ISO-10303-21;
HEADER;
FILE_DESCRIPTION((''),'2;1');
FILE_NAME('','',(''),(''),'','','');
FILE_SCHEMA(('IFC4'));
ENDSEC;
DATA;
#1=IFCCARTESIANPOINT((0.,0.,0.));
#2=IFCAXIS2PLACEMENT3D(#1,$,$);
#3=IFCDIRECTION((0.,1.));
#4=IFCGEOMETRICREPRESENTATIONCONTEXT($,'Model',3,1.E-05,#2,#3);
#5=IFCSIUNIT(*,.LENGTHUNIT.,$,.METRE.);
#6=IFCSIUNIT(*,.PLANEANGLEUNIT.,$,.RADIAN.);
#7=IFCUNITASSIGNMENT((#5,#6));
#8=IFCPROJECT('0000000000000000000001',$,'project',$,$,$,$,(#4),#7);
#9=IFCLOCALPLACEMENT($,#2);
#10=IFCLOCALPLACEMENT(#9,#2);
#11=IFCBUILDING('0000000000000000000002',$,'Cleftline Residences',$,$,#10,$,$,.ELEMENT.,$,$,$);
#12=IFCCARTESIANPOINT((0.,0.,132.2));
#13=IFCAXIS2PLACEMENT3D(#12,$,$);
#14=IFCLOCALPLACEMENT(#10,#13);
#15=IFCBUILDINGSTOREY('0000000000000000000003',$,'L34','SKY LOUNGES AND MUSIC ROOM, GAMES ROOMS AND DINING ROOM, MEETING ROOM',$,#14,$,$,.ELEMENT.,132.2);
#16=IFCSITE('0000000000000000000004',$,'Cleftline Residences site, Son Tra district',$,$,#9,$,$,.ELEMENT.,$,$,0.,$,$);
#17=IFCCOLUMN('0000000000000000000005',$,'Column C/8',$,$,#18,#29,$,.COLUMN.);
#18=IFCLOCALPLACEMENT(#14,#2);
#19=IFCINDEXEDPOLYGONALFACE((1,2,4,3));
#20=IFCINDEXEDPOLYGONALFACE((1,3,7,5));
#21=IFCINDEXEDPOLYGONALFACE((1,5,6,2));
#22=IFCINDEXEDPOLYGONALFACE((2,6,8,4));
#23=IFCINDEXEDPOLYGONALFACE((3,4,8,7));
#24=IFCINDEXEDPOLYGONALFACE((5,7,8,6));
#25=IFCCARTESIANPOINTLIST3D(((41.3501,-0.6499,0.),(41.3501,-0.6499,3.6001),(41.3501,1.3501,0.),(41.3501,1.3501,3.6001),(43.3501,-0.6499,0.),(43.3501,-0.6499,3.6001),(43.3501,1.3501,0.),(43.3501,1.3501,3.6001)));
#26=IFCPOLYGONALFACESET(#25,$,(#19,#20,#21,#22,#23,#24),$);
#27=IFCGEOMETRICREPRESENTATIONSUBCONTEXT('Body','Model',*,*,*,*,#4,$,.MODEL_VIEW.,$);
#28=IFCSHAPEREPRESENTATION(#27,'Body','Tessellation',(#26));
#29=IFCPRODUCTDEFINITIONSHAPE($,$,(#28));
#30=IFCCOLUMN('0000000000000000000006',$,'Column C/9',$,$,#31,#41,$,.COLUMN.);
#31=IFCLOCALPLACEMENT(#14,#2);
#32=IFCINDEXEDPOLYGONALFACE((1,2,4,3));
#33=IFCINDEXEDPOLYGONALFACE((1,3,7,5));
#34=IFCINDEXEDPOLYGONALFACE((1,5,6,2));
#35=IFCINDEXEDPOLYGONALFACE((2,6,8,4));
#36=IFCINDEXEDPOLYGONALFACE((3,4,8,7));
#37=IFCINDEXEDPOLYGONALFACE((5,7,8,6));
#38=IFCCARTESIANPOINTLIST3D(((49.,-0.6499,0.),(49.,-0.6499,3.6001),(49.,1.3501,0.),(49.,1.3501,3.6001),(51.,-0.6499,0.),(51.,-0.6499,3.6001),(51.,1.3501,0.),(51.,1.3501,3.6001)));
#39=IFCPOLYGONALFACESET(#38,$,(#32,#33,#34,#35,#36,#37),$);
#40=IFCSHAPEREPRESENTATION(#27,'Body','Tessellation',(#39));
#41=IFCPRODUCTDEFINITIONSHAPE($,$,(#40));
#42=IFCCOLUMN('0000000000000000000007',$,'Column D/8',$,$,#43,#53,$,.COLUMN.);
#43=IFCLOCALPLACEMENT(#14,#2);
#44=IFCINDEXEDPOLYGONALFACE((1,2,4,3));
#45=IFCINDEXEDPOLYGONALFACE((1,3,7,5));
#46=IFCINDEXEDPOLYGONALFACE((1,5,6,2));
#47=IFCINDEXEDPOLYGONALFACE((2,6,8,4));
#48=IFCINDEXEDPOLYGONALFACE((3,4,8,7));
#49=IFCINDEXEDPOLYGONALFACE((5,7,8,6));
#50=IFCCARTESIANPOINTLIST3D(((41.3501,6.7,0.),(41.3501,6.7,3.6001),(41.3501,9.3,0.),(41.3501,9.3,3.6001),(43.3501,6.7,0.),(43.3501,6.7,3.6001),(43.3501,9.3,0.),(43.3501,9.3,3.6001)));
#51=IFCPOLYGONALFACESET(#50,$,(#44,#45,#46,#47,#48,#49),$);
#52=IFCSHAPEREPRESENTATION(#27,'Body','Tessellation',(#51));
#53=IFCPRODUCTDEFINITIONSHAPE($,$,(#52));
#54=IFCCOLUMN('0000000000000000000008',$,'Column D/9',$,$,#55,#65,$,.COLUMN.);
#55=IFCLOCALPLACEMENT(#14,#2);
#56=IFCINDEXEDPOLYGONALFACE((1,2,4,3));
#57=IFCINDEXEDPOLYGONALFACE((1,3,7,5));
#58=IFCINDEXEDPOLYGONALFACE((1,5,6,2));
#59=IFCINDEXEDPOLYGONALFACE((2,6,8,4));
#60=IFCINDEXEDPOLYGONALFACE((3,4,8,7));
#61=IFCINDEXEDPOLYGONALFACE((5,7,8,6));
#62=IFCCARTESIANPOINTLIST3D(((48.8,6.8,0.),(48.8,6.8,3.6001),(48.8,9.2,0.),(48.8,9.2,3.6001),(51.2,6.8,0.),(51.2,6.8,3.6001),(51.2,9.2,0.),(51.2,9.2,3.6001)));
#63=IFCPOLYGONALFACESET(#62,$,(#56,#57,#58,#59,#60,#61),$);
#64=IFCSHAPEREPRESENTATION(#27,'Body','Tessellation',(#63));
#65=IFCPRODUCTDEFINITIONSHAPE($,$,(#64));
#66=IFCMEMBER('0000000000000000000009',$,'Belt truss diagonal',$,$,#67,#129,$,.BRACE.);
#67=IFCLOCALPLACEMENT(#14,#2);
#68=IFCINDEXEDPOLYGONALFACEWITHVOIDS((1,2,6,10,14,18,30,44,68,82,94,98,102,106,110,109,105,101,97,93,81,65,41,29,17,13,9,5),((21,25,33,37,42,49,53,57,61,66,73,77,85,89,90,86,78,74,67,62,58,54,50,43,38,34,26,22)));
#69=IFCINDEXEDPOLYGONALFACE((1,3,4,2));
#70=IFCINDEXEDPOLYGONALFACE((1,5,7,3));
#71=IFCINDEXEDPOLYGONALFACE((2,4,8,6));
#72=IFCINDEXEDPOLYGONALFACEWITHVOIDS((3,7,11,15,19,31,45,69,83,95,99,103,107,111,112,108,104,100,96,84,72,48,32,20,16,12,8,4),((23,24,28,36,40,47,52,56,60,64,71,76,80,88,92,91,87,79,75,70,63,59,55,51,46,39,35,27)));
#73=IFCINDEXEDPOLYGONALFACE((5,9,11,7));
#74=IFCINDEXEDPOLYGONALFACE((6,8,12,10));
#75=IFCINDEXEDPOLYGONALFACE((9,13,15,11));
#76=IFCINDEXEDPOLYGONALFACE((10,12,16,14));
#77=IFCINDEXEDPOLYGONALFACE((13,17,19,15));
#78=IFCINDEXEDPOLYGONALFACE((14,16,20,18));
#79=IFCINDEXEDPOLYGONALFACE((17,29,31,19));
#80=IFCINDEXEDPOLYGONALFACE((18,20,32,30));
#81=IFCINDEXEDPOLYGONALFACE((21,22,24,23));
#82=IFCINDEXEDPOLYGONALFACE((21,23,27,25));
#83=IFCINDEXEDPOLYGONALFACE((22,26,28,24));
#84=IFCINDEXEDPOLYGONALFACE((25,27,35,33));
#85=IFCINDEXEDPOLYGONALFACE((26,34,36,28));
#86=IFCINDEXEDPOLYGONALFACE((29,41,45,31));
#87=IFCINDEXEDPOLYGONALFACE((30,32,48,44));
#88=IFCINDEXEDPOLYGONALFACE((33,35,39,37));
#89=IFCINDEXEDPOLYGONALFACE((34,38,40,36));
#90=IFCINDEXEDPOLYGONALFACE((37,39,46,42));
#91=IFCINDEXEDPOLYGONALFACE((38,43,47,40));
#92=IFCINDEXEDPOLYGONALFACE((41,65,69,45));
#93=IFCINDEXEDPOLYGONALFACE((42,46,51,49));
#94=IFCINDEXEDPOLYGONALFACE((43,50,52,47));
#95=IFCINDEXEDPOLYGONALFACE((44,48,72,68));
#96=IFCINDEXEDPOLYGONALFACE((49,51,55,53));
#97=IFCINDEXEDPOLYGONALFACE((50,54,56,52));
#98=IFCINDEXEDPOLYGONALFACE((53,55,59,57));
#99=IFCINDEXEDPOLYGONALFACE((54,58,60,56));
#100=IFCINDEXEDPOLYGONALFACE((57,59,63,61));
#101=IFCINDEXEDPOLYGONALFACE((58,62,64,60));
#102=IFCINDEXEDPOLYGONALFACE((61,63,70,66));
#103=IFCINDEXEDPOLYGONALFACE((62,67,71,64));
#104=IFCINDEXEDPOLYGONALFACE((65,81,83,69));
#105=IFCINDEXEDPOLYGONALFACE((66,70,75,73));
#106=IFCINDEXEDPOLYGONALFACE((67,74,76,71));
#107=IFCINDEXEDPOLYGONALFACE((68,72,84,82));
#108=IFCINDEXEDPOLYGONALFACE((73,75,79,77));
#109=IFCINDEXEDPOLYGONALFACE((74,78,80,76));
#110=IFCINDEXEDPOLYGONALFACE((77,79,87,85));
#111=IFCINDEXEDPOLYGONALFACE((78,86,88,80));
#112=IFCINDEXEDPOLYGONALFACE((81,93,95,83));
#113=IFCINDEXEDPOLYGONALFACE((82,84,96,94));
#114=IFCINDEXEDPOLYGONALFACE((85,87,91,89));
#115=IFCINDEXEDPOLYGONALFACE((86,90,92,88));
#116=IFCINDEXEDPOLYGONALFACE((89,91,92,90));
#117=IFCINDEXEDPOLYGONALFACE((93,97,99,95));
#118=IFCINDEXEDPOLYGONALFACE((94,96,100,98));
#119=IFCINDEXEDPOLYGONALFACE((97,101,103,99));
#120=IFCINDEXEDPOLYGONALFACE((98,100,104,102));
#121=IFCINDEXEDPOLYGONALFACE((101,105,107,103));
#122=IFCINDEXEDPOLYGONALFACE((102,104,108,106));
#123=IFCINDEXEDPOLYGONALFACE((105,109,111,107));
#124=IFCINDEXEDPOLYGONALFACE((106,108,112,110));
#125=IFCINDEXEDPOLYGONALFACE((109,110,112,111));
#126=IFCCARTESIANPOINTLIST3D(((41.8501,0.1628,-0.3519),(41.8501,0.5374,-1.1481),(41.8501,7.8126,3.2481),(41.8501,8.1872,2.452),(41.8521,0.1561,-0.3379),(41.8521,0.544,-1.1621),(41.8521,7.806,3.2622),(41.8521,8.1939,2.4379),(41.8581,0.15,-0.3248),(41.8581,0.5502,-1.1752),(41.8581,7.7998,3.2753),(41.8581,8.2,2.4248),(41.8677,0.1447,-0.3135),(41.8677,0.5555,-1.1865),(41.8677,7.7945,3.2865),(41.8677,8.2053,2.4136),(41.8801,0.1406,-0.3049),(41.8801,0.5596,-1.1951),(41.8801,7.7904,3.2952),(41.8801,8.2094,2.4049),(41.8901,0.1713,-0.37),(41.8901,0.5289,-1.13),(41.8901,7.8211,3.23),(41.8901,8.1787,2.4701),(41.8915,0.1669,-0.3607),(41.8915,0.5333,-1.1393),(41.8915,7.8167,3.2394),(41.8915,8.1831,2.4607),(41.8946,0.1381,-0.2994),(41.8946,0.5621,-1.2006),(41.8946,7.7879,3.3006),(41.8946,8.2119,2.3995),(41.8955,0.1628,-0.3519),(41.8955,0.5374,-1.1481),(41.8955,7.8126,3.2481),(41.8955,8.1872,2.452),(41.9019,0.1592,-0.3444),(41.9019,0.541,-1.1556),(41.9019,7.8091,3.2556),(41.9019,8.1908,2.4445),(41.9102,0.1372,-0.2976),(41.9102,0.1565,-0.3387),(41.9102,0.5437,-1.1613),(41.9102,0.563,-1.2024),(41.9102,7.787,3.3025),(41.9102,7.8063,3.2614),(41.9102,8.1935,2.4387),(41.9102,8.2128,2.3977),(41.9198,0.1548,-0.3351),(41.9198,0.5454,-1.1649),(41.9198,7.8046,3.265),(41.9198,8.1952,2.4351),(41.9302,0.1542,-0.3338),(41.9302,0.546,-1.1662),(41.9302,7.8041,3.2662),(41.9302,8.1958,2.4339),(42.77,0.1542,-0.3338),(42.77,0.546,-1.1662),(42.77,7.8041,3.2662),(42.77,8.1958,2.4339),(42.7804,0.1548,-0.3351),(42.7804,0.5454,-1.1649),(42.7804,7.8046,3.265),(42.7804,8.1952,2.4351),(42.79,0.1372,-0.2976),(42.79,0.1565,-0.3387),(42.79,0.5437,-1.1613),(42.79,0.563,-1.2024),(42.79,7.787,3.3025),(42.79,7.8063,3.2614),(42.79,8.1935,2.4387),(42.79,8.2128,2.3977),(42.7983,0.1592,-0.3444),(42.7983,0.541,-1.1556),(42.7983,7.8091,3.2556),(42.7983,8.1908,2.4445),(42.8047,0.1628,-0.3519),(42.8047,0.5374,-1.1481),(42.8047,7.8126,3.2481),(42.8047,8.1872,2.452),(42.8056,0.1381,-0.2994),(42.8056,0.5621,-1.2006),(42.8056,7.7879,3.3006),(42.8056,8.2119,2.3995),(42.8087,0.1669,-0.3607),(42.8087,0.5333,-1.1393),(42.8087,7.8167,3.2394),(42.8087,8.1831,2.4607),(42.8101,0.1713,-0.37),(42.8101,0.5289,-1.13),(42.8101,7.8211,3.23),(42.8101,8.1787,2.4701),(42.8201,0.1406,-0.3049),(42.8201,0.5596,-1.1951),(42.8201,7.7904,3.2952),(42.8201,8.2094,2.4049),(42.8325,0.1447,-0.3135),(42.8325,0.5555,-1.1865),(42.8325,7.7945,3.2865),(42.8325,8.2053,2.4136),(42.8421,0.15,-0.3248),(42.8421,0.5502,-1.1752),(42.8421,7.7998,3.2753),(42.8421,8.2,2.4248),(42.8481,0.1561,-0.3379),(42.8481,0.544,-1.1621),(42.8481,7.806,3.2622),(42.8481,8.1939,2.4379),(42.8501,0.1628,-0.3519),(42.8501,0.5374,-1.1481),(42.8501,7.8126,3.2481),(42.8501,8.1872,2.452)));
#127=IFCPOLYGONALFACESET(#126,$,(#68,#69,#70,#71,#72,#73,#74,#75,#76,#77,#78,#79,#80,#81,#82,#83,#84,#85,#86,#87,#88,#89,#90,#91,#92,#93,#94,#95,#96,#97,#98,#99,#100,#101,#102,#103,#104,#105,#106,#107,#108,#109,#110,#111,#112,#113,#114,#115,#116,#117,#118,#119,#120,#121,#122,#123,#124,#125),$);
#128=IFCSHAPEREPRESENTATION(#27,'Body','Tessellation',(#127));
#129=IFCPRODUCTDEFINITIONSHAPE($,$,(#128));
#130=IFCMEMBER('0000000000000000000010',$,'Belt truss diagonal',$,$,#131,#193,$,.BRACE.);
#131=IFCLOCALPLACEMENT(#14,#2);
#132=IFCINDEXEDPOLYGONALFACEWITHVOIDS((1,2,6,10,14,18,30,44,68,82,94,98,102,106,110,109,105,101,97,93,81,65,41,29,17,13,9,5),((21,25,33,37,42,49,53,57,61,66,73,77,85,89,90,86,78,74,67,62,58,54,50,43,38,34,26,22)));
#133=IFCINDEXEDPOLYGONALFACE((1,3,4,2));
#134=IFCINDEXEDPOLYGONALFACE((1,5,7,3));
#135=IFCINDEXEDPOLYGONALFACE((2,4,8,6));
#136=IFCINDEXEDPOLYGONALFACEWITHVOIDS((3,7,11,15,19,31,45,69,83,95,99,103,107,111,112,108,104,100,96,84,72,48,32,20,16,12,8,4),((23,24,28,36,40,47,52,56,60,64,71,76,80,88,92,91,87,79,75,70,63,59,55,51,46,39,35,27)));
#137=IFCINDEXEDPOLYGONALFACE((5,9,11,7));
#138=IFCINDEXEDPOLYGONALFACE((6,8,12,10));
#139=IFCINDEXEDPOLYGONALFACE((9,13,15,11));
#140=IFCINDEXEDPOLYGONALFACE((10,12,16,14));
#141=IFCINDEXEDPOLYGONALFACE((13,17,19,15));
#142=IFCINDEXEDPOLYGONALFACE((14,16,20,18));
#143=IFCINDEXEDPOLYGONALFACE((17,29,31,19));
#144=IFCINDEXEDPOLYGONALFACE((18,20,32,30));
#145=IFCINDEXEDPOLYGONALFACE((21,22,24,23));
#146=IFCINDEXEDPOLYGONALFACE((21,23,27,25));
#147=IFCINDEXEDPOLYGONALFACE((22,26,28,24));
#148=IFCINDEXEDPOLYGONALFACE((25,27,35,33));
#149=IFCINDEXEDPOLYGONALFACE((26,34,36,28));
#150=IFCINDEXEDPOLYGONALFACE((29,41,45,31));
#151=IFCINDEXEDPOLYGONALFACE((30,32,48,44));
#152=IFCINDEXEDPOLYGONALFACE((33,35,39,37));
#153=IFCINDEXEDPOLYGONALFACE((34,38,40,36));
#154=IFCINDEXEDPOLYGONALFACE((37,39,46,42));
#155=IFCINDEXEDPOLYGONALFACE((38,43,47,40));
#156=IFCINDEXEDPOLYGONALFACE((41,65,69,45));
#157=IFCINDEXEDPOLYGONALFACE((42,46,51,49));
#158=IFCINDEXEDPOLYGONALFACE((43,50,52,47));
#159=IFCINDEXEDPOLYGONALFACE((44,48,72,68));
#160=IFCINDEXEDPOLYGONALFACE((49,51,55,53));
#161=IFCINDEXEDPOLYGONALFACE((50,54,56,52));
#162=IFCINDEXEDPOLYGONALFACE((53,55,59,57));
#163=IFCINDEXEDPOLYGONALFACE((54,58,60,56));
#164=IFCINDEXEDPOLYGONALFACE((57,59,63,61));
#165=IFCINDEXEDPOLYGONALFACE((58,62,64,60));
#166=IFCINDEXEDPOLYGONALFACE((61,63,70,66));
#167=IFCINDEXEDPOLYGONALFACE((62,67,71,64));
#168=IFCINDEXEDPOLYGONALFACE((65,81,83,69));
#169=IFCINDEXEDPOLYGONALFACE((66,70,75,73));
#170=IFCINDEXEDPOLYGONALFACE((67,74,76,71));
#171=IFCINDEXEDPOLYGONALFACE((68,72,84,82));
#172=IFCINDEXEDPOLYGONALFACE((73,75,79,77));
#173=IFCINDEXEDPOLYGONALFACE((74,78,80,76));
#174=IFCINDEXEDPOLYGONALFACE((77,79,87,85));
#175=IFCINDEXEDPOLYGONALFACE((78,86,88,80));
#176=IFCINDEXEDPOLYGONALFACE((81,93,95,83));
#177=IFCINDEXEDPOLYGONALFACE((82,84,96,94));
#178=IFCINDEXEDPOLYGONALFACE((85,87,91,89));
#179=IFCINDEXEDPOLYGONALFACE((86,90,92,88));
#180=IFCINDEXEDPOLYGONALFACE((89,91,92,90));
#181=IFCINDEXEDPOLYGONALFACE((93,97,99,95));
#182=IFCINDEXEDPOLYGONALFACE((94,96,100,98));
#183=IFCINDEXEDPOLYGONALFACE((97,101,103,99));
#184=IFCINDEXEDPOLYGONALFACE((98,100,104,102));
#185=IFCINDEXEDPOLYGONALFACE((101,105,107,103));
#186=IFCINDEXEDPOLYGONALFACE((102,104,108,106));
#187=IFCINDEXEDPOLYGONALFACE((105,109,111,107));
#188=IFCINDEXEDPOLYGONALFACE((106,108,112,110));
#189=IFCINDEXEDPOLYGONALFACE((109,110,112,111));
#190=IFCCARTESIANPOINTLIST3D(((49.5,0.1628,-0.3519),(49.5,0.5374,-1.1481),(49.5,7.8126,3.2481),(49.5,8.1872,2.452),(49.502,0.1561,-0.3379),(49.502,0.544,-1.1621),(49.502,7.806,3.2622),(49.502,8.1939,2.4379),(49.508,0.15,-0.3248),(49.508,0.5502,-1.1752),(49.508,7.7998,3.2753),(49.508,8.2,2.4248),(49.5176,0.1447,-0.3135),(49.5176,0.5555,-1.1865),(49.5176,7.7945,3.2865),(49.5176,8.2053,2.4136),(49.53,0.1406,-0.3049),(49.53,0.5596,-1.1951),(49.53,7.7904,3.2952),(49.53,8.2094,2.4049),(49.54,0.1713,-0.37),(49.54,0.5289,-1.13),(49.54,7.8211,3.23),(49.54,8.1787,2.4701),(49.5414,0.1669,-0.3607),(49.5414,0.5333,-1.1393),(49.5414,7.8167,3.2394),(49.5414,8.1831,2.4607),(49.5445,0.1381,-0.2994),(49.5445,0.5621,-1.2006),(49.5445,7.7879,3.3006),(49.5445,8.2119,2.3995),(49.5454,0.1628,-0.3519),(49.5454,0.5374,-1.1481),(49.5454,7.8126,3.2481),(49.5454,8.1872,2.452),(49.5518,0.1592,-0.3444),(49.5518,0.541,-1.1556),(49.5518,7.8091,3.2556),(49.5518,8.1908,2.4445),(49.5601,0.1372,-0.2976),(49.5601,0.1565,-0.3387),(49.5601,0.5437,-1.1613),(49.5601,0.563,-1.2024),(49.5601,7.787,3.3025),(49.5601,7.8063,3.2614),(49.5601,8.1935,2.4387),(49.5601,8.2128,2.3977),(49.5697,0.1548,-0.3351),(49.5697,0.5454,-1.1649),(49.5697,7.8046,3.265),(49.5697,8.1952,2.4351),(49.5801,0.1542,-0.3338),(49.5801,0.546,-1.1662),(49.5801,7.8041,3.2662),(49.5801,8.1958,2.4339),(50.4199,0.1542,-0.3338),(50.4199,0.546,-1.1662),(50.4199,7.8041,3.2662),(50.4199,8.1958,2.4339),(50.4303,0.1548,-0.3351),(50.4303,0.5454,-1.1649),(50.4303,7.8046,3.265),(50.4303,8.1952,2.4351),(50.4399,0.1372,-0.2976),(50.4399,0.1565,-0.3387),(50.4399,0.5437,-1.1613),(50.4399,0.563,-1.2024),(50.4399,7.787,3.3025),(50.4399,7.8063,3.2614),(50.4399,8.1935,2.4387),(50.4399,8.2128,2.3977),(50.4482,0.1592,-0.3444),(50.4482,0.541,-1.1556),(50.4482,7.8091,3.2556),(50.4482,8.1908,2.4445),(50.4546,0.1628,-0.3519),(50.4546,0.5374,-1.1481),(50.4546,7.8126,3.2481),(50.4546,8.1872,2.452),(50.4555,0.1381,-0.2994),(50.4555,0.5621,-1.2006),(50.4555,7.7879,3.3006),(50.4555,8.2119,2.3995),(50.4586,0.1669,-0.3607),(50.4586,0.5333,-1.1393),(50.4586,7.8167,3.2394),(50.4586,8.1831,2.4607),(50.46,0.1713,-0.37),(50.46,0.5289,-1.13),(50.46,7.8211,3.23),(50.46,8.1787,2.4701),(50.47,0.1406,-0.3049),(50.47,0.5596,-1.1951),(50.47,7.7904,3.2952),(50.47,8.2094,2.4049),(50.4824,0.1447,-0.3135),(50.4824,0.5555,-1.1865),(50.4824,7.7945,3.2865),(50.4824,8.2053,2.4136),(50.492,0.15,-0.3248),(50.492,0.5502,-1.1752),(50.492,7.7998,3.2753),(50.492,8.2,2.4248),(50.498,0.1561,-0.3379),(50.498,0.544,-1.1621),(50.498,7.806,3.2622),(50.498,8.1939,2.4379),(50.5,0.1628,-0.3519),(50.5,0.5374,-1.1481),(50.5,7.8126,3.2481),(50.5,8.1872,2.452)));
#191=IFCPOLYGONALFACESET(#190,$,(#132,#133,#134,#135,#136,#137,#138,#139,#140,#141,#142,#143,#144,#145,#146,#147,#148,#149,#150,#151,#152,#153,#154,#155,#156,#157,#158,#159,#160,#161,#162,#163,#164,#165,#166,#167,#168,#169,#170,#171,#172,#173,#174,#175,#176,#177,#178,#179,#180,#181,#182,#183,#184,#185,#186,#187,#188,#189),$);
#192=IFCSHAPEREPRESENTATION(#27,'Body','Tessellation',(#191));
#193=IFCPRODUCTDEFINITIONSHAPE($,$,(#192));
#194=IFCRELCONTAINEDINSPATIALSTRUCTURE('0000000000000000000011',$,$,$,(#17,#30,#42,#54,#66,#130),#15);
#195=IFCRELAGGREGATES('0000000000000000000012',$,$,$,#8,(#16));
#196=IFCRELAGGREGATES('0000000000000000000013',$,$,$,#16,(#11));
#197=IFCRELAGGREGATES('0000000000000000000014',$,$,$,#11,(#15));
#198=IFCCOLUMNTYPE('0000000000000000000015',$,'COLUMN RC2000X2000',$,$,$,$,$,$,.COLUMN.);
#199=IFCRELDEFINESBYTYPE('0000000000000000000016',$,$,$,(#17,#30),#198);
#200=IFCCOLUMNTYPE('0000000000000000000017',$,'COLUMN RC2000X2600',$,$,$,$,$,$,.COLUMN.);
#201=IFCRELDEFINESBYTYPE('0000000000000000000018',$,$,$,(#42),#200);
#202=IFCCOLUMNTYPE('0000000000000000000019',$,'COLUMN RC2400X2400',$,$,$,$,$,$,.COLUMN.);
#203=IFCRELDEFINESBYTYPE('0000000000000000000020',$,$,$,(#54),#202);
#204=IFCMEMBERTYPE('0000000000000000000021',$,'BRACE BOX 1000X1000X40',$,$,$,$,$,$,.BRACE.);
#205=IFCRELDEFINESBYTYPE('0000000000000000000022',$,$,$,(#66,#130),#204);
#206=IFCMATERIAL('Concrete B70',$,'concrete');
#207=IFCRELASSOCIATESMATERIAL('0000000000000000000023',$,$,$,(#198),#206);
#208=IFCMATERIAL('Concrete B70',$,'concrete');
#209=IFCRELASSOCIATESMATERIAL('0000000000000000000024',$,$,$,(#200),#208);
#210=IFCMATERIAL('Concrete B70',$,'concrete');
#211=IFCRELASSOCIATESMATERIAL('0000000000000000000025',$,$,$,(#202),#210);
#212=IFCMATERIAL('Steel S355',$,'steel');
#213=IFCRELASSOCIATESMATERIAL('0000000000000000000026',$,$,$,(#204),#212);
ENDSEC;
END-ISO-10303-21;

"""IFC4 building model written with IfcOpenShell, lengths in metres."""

from ifc_helpers import new_model, si_unit, direction, frame, origin, origin_2d, place, context, subcontext, project, spatial, rectangle, hollow_rectangle, extrude, material, material_profile, profile_set, type_object, element, save


model = new_model("IFC4")

# Units and contexts
model_context = context("Model", 3, precision=1e-05, world=origin(), true_north=direction((0.0, 1.0)))
body_context = subcontext(model_context, "Body", "Model", "MODEL_VIEW")
ifc_project = project(units=[si_unit("LENGTHUNIT", "METRE"), si_unit("PLANEANGLEUNIT", "RADIAN")], contexts=[model_context])

# Site, building, storey
site_placement = place(None, origin())
site = spatial("IfcSite", under=ifc_project, at=site_placement, Name="Cleftline Residences site, Son Tra district", CompositionType="ELEMENT", RefElevation=0.0)
building_placement = place(site_placement, origin())
building = spatial("IfcBuilding", under=site, at=building_placement, Name="Cleftline Residences", CompositionType="ELEMENT")
storey_placement = place(building_placement, frame((0.0, 0.0, 132.2)))
storey = spatial("IfcBuildingStorey", under=building, at=storey_placement, Name="L34", Description="SKY LOUNGES AND MUSIC ROOM, GAMES ROOMS AND DINING ROOM, MEETING ROOM", CompositionType="ELEMENT", Elevation=132.2)

# Columns
ifc_material_1 = material(Name="Concrete B70", Category="concrete")
ifc_material_profile_1 = material_profile(ifc_material_1, rectangle(XDim=2.0, YDim=2.0, at=origin_2d()))
ifc_profile_set_1 = profile_set([ifc_material_profile_1], Name="Concrete B70")
column_type_1 = type_object("IfcColumnType", Name="COLUMN RC2000X2000", PredefinedType="COLUMN", material=ifc_profile_set_1)
for number, where, z_axis, x_axis, name in (
    (1, (42.3501, 0.3501, 0.0), (0.0, 0.0, 1.0), (1.0, 0.0, 0.0), "Column C/8"),
    (2, (50.0, 0.3501, 0.0), (0.0, 0.0, 1.0), (1.0, 0.0, 0.0), "Column C/9"),
):
    element("IfcColumn", number, at=place(storey_placement, frame(where, z_axis=z_axis, x_axis=x_axis)), inside=storey, type_object=column_type_1, Name=name, PredefinedType="COLUMN", context=body_context, shape_type="SweptSolid", body=[
        extrude(rectangle(XDim=2.0, YDim=2.0, at=origin_2d()), origin(), (0.0, 0.0, 1.0), 3.6001),
    ])
ifc_material_2 = material(Name="Concrete B70", Category="concrete")
ifc_material_profile_2 = material_profile(ifc_material_2, rectangle(XDim=2.0, YDim=2.6001, at=origin_2d()))
ifc_profile_set_2 = profile_set([ifc_material_profile_2], Name="Concrete B70")
column_type_2 = type_object("IfcColumnType", Name="COLUMN RC2000X2600", PredefinedType="COLUMN", material=ifc_profile_set_2)
column_1_placement = place(storey_placement, frame((42.3501, 8.0, 0.0), z_axis=(0.0, 0.0, 1.0), x_axis=(1.0, 0.0, 0.0)))
element("IfcColumn", 3, at=column_1_placement, inside=storey, type_object=column_type_2, Name="Column D/8", PredefinedType="COLUMN", context=body_context, shape_type="SweptSolid", body=[
    extrude(rectangle(XDim=2.0, YDim=2.6001, at=origin_2d()), origin(), (0.0, 0.0, 1.0), 3.6001),
])
ifc_material_3 = material(Name="Concrete B70", Category="concrete")
ifc_material_profile_3 = material_profile(ifc_material_3, rectangle(XDim=2.3999, YDim=2.3999, at=origin_2d()))
ifc_profile_set_3 = profile_set([ifc_material_profile_3], Name="Concrete B70")
column_type_3 = type_object("IfcColumnType", Name="COLUMN RC2400X2400", PredefinedType="COLUMN", material=ifc_profile_set_3)
column_2_placement = place(storey_placement, frame((50.0, 8.0, 0.0), z_axis=(0.0, 0.0, 1.0), x_axis=(1.0, 0.0, 0.0)))
element("IfcColumn", 4, at=column_2_placement, inside=storey, type_object=column_type_3, Name="Column D/9", PredefinedType="COLUMN", context=body_context, shape_type="SweptSolid", body=[
    extrude(rectangle(XDim=2.3999, YDim=2.3999, at=origin_2d()), origin(), (0.0, 0.0, 1.0), 3.6001),
])

# Members
ifc_material_4 = material(Name="Steel S355", Category="steel")
ifc_material_profile_4 = material_profile(ifc_material_4, hollow_rectangle(XDim=1.0, YDim=1.0, WallThickness=0.04, InnerFilletRadius=0.04, OuterFilletRadius=0.0601, at=origin_2d()))
ifc_profile_set_4 = profile_set([ifc_material_profile_4], Name="Steel S355")
member_type_1 = type_object("IfcMemberType", Name="BRACE BOX 1000X1000X40", PredefinedType="BRACE", material=ifc_profile_set_4)
for number, where, z_axis, x_axis, name in (
    (5, (42.3501, 0.3501, -0.75), (0.0, 0.904812, 0.425811), (0.0, -0.425811, 0.904812), "Belt truss diagonal"),
    (6, (50.0, 0.3501, -0.75), (0.0, 0.904812, 0.425811), (0.0, -0.425811, 0.904812), "Belt truss diagonal"),
):
    element("IfcMember", number, at=place(storey_placement, frame(where, z_axis=z_axis, x_axis=x_axis)), inside=storey, type_object=member_type_1, Name=name, PredefinedType="BRACE", context=body_context, shape_type="SweptSolid", body=[
        extrude(hollow_rectangle(XDim=1.0, YDim=1.0, WallThickness=0.04, InnerFilletRadius=0.04, OuterFilletRadius=0.0601, at=origin_2d()), origin(), (0.0, 0.0, 1.0), 8.4546),
    ])

save(model, "model.ifc")
